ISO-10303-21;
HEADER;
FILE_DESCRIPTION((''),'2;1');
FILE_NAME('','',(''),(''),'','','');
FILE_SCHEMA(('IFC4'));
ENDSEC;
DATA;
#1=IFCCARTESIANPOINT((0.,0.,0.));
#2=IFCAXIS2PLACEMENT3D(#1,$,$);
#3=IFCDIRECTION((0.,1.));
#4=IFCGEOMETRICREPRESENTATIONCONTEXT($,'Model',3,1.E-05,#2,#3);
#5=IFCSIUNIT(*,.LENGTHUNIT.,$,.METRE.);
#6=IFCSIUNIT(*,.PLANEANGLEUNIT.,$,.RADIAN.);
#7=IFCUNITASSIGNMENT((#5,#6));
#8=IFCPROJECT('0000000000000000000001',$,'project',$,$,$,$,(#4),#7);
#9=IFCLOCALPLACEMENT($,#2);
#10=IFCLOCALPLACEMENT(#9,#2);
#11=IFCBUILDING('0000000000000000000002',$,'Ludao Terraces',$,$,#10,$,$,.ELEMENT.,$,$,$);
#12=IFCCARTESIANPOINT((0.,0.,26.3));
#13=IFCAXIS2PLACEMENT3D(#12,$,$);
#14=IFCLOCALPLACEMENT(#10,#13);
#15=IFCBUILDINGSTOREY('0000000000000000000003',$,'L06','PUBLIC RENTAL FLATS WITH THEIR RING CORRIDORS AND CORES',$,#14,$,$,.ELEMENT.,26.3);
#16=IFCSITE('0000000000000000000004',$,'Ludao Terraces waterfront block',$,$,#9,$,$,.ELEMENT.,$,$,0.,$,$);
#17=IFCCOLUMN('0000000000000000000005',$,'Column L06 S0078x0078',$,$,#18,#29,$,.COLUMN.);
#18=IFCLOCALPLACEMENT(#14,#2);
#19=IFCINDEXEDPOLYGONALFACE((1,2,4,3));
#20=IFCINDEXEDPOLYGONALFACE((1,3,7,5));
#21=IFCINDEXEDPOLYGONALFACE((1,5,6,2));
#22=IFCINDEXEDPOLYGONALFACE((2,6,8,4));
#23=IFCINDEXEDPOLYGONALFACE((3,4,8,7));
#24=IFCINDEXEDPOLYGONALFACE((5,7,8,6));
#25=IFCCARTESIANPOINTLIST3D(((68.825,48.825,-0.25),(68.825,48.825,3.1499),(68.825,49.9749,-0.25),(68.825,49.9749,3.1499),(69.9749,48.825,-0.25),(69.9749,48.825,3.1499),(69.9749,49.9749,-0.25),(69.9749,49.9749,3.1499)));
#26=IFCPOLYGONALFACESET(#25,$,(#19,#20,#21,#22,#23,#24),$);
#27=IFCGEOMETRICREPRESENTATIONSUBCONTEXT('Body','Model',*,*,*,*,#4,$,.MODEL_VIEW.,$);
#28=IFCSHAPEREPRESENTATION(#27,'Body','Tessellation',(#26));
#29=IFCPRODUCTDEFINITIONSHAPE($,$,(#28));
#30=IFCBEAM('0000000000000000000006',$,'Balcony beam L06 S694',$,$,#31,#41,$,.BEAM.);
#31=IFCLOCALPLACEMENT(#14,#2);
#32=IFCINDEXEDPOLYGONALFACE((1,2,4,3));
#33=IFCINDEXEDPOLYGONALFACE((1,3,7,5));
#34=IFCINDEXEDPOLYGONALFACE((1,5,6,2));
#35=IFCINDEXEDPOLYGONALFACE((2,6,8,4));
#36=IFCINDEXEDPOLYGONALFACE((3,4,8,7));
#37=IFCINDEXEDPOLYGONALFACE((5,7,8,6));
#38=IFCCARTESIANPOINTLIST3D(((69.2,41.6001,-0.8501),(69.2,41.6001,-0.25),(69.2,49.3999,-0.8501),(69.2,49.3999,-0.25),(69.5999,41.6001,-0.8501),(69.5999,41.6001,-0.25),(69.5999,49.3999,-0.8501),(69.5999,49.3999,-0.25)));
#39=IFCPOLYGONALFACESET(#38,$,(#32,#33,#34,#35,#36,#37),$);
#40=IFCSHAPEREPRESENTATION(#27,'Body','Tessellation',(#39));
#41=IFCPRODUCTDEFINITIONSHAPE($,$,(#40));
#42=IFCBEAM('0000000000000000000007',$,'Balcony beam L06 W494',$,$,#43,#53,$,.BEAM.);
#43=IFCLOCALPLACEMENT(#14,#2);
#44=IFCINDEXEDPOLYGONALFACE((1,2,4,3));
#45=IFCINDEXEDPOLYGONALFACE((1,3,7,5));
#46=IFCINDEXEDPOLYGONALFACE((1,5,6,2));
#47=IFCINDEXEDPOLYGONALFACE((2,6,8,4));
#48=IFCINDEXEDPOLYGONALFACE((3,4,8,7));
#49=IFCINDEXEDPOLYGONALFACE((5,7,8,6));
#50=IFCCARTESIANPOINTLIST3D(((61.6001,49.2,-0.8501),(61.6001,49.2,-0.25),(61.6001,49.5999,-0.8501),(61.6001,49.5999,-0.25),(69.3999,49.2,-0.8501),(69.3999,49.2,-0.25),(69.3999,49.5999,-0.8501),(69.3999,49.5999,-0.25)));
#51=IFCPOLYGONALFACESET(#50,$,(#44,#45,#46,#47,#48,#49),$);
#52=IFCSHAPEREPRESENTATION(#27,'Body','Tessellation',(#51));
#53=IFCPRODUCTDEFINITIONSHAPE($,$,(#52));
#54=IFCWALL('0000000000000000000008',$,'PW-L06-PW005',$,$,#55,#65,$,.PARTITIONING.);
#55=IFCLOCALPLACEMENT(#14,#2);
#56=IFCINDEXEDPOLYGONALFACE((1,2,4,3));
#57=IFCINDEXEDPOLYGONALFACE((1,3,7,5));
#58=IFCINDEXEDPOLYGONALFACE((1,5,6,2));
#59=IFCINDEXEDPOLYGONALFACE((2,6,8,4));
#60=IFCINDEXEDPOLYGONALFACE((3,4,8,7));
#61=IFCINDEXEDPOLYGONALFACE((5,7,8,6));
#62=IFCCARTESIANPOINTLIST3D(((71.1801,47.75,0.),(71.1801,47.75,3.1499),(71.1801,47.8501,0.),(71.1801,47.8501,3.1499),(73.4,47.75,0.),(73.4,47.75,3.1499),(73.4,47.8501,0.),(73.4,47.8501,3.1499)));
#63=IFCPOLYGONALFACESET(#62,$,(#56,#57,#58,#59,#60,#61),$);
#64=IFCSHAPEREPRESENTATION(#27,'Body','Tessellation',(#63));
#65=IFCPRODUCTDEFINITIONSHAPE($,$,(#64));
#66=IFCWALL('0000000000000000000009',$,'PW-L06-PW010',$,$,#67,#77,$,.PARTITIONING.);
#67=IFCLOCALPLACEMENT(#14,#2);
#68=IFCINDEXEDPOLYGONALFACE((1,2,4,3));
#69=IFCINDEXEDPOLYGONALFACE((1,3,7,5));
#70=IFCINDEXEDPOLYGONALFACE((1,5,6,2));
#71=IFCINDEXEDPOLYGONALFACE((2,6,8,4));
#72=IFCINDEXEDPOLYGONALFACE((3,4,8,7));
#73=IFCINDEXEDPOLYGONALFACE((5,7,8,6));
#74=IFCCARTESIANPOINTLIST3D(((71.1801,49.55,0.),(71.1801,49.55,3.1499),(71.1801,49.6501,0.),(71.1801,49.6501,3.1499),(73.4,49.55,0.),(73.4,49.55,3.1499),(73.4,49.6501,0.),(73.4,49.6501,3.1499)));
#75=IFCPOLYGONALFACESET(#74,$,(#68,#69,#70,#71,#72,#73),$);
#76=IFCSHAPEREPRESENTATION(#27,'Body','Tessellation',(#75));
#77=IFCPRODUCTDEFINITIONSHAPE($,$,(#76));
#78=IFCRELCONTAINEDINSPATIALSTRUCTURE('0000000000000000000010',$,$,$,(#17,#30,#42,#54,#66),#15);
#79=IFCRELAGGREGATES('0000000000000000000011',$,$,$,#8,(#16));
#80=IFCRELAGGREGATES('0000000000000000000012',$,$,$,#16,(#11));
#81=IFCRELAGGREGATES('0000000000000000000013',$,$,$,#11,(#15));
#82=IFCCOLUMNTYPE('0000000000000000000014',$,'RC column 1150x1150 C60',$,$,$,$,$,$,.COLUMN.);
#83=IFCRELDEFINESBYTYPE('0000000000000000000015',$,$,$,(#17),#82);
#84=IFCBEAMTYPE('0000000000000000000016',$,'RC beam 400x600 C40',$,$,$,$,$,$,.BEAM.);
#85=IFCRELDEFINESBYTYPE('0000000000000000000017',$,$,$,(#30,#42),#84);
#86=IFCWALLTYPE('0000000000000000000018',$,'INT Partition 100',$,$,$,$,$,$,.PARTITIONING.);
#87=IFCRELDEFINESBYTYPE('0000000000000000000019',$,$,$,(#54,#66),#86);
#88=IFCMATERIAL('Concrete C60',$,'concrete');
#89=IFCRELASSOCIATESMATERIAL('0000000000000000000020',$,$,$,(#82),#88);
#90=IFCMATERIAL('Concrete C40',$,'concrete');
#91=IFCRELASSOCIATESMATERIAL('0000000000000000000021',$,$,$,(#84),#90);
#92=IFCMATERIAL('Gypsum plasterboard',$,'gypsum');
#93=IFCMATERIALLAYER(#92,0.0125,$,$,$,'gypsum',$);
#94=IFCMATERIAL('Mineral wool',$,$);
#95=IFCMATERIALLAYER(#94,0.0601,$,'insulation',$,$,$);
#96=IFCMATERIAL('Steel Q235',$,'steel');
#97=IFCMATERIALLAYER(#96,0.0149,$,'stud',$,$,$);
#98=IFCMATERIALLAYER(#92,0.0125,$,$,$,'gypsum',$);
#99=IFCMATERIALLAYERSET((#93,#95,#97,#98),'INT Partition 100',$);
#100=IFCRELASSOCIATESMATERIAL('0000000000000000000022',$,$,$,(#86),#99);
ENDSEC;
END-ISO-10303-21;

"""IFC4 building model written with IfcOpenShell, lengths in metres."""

from ifc_helpers import new_model, si_unit, direction, frame, frame_2d, origin, origin_2d, place, context, subcontext, project, spatial, rectangle, extrude, material, layer, layer_set, material_profile, profile_set, type_object, element, save


model = new_model("IFC4")

# Units and contexts
model_context = context("Model", 3, precision=1e-05, world=origin(), true_north=direction((0.0, 1.0)))
body_context = subcontext(model_context, "Body", "Model", "MODEL_VIEW")
ifc_project = project(units=[si_unit("LENGTHUNIT", "METRE"), si_unit("PLANEANGLEUNIT", "RADIAN")], contexts=[model_context])

# Site, building, storey
site_placement = place(None, origin())
site = spatial("IfcSite", under=ifc_project, at=site_placement, Name="Ludao Terraces waterfront block", CompositionType="ELEMENT", RefElevation=0.0)
building_placement = place(site_placement, origin())
building = spatial("IfcBuilding", under=site, at=building_placement, Name="Ludao Terraces", CompositionType="ELEMENT")
storey_placement = place(building_placement, frame((0.0, 0.0, 26.3)))
storey = spatial("IfcBuildingStorey", under=building, at=storey_placement, Name="L06", Description="PUBLIC RENTAL FLATS WITH THEIR RING CORRIDORS AND CORES", CompositionType="ELEMENT", Elevation=26.3)

# Column
ifc_material_1 = material(Name="Concrete C60", Category="concrete")
ifc_material_profile_1 = material_profile(ifc_material_1, rectangle(XDim=1.1499, YDim=1.1499, at=origin_2d()), Name="1150 X 1150")
ifc_profile_set_1 = profile_set([ifc_material_profile_1], Name="Concrete C60")
column_type = type_object("IfcColumnType", Name="RC column 1150x1150 C60", PredefinedType="COLUMN", material=ifc_profile_set_1)
column_placement = place(storey_placement, frame((69.3999, 49.3999, -0.25), z_axis=(0.0, 0.0, 1.0), x_axis=(1.0, 0.0, 0.0)))
element("IfcColumn", 1, at=column_placement, inside=storey, type_object=column_type, Name="Column L06 S0078x0078", PredefinedType="COLUMN", context=body_context, shape_type="SweptSolid", body=[
    extrude(rectangle(XDim=1.1499, YDim=1.1499, at=origin_2d()), origin(), (0.0, 0.0, 1.0), 3.3999),
])

# Beams
ifc_material_2 = material(Name="Concrete C40", Category="concrete")
ifc_material_profile_2 = material_profile(ifc_material_2, rectangle(XDim=0.3999, YDim=0.6001, at=origin_2d()), Name="400 X 600")
ifc_profile_set_2 = profile_set([ifc_material_profile_2], Name="Concrete C40")
beam_type = type_object("IfcBeamType", Name="RC beam 400x600 C40", PredefinedType="BEAM", material=ifc_profile_set_2)
for number, where, z_axis, x_axis, name in (
    (2, (69.3999, 49.3999, -0.55), (0.0, -1.0, 0.0), (1.0, 0.0, 0.0), "Balcony beam L06 S694"),
    (3, (69.3999, 49.3999, -0.55), (-1.0, 0.0, 0.0), (0.0, -1.0, 0.0), "Balcony beam L06 W494"),
):
    element("IfcBeam", number, at=place(storey_placement, frame(where, z_axis=z_axis, x_axis=x_axis)), inside=storey, type_object=beam_type, Name=name, PredefinedType="BEAM", context=body_context, shape_type="SweptSolid", body=[
        extrude(rectangle(XDim=0.3999, YDim=0.6001, at=origin_2d()), origin(), (0.0, 0.0, 1.0), 7.7998),
    ])

# Walls
ifc_material_3 = material(Name="Gypsum plasterboard", Category="gypsum")
ifc_layer_1 = layer(ifc_material_3, 0.0125, Category="gypsum")
ifc_material_4 = material(Name="Mineral wool")
ifc_layer_2 = layer(ifc_material_4, 0.0601, Name="insulation")
ifc_material_5 = material(Name="Steel Q235", Category="steel")
ifc_layer_3 = layer(ifc_material_5, 0.0149, Name="stud")
ifc_layer_4 = layer(ifc_material_3, 0.0125, Category="gypsum")
ifc_layer_set = layer_set([ifc_layer_1, ifc_layer_2, ifc_layer_3, ifc_layer_4], Name="INT Partition 100")
wall_type = type_object("IfcWallType", Name="INT Partition 100", PredefinedType="PARTITIONING", material=ifc_layer_set)
for number, where, z_axis, x_axis, name in (
    (4, (71.1802, 47.8, 0.0), (0.0, 0.0, 1.0), (1.0, 0.0, 0.0), "PW-L06-PW005"),
    (5, (71.1802, 49.6001, 0.0), (0.0, 0.0, 1.0), (1.0, 0.0, 0.0), "PW-L06-PW010"),
):
    element("IfcWall", number, at=place(storey_placement, frame(where, z_axis=z_axis, x_axis=x_axis)), inside=storey, type_object=wall_type, Name=name, PredefinedType="PARTITIONING", context=body_context, shape_type="SweptSolid", body=[
        extrude(rectangle(XDim=2.22, YDim=0.1001, at=frame_2d((1.1099, 0.0))), origin(), (0.0, 0.0, 1.0), 3.1499),
    ])

save(model, "model.ifc")
